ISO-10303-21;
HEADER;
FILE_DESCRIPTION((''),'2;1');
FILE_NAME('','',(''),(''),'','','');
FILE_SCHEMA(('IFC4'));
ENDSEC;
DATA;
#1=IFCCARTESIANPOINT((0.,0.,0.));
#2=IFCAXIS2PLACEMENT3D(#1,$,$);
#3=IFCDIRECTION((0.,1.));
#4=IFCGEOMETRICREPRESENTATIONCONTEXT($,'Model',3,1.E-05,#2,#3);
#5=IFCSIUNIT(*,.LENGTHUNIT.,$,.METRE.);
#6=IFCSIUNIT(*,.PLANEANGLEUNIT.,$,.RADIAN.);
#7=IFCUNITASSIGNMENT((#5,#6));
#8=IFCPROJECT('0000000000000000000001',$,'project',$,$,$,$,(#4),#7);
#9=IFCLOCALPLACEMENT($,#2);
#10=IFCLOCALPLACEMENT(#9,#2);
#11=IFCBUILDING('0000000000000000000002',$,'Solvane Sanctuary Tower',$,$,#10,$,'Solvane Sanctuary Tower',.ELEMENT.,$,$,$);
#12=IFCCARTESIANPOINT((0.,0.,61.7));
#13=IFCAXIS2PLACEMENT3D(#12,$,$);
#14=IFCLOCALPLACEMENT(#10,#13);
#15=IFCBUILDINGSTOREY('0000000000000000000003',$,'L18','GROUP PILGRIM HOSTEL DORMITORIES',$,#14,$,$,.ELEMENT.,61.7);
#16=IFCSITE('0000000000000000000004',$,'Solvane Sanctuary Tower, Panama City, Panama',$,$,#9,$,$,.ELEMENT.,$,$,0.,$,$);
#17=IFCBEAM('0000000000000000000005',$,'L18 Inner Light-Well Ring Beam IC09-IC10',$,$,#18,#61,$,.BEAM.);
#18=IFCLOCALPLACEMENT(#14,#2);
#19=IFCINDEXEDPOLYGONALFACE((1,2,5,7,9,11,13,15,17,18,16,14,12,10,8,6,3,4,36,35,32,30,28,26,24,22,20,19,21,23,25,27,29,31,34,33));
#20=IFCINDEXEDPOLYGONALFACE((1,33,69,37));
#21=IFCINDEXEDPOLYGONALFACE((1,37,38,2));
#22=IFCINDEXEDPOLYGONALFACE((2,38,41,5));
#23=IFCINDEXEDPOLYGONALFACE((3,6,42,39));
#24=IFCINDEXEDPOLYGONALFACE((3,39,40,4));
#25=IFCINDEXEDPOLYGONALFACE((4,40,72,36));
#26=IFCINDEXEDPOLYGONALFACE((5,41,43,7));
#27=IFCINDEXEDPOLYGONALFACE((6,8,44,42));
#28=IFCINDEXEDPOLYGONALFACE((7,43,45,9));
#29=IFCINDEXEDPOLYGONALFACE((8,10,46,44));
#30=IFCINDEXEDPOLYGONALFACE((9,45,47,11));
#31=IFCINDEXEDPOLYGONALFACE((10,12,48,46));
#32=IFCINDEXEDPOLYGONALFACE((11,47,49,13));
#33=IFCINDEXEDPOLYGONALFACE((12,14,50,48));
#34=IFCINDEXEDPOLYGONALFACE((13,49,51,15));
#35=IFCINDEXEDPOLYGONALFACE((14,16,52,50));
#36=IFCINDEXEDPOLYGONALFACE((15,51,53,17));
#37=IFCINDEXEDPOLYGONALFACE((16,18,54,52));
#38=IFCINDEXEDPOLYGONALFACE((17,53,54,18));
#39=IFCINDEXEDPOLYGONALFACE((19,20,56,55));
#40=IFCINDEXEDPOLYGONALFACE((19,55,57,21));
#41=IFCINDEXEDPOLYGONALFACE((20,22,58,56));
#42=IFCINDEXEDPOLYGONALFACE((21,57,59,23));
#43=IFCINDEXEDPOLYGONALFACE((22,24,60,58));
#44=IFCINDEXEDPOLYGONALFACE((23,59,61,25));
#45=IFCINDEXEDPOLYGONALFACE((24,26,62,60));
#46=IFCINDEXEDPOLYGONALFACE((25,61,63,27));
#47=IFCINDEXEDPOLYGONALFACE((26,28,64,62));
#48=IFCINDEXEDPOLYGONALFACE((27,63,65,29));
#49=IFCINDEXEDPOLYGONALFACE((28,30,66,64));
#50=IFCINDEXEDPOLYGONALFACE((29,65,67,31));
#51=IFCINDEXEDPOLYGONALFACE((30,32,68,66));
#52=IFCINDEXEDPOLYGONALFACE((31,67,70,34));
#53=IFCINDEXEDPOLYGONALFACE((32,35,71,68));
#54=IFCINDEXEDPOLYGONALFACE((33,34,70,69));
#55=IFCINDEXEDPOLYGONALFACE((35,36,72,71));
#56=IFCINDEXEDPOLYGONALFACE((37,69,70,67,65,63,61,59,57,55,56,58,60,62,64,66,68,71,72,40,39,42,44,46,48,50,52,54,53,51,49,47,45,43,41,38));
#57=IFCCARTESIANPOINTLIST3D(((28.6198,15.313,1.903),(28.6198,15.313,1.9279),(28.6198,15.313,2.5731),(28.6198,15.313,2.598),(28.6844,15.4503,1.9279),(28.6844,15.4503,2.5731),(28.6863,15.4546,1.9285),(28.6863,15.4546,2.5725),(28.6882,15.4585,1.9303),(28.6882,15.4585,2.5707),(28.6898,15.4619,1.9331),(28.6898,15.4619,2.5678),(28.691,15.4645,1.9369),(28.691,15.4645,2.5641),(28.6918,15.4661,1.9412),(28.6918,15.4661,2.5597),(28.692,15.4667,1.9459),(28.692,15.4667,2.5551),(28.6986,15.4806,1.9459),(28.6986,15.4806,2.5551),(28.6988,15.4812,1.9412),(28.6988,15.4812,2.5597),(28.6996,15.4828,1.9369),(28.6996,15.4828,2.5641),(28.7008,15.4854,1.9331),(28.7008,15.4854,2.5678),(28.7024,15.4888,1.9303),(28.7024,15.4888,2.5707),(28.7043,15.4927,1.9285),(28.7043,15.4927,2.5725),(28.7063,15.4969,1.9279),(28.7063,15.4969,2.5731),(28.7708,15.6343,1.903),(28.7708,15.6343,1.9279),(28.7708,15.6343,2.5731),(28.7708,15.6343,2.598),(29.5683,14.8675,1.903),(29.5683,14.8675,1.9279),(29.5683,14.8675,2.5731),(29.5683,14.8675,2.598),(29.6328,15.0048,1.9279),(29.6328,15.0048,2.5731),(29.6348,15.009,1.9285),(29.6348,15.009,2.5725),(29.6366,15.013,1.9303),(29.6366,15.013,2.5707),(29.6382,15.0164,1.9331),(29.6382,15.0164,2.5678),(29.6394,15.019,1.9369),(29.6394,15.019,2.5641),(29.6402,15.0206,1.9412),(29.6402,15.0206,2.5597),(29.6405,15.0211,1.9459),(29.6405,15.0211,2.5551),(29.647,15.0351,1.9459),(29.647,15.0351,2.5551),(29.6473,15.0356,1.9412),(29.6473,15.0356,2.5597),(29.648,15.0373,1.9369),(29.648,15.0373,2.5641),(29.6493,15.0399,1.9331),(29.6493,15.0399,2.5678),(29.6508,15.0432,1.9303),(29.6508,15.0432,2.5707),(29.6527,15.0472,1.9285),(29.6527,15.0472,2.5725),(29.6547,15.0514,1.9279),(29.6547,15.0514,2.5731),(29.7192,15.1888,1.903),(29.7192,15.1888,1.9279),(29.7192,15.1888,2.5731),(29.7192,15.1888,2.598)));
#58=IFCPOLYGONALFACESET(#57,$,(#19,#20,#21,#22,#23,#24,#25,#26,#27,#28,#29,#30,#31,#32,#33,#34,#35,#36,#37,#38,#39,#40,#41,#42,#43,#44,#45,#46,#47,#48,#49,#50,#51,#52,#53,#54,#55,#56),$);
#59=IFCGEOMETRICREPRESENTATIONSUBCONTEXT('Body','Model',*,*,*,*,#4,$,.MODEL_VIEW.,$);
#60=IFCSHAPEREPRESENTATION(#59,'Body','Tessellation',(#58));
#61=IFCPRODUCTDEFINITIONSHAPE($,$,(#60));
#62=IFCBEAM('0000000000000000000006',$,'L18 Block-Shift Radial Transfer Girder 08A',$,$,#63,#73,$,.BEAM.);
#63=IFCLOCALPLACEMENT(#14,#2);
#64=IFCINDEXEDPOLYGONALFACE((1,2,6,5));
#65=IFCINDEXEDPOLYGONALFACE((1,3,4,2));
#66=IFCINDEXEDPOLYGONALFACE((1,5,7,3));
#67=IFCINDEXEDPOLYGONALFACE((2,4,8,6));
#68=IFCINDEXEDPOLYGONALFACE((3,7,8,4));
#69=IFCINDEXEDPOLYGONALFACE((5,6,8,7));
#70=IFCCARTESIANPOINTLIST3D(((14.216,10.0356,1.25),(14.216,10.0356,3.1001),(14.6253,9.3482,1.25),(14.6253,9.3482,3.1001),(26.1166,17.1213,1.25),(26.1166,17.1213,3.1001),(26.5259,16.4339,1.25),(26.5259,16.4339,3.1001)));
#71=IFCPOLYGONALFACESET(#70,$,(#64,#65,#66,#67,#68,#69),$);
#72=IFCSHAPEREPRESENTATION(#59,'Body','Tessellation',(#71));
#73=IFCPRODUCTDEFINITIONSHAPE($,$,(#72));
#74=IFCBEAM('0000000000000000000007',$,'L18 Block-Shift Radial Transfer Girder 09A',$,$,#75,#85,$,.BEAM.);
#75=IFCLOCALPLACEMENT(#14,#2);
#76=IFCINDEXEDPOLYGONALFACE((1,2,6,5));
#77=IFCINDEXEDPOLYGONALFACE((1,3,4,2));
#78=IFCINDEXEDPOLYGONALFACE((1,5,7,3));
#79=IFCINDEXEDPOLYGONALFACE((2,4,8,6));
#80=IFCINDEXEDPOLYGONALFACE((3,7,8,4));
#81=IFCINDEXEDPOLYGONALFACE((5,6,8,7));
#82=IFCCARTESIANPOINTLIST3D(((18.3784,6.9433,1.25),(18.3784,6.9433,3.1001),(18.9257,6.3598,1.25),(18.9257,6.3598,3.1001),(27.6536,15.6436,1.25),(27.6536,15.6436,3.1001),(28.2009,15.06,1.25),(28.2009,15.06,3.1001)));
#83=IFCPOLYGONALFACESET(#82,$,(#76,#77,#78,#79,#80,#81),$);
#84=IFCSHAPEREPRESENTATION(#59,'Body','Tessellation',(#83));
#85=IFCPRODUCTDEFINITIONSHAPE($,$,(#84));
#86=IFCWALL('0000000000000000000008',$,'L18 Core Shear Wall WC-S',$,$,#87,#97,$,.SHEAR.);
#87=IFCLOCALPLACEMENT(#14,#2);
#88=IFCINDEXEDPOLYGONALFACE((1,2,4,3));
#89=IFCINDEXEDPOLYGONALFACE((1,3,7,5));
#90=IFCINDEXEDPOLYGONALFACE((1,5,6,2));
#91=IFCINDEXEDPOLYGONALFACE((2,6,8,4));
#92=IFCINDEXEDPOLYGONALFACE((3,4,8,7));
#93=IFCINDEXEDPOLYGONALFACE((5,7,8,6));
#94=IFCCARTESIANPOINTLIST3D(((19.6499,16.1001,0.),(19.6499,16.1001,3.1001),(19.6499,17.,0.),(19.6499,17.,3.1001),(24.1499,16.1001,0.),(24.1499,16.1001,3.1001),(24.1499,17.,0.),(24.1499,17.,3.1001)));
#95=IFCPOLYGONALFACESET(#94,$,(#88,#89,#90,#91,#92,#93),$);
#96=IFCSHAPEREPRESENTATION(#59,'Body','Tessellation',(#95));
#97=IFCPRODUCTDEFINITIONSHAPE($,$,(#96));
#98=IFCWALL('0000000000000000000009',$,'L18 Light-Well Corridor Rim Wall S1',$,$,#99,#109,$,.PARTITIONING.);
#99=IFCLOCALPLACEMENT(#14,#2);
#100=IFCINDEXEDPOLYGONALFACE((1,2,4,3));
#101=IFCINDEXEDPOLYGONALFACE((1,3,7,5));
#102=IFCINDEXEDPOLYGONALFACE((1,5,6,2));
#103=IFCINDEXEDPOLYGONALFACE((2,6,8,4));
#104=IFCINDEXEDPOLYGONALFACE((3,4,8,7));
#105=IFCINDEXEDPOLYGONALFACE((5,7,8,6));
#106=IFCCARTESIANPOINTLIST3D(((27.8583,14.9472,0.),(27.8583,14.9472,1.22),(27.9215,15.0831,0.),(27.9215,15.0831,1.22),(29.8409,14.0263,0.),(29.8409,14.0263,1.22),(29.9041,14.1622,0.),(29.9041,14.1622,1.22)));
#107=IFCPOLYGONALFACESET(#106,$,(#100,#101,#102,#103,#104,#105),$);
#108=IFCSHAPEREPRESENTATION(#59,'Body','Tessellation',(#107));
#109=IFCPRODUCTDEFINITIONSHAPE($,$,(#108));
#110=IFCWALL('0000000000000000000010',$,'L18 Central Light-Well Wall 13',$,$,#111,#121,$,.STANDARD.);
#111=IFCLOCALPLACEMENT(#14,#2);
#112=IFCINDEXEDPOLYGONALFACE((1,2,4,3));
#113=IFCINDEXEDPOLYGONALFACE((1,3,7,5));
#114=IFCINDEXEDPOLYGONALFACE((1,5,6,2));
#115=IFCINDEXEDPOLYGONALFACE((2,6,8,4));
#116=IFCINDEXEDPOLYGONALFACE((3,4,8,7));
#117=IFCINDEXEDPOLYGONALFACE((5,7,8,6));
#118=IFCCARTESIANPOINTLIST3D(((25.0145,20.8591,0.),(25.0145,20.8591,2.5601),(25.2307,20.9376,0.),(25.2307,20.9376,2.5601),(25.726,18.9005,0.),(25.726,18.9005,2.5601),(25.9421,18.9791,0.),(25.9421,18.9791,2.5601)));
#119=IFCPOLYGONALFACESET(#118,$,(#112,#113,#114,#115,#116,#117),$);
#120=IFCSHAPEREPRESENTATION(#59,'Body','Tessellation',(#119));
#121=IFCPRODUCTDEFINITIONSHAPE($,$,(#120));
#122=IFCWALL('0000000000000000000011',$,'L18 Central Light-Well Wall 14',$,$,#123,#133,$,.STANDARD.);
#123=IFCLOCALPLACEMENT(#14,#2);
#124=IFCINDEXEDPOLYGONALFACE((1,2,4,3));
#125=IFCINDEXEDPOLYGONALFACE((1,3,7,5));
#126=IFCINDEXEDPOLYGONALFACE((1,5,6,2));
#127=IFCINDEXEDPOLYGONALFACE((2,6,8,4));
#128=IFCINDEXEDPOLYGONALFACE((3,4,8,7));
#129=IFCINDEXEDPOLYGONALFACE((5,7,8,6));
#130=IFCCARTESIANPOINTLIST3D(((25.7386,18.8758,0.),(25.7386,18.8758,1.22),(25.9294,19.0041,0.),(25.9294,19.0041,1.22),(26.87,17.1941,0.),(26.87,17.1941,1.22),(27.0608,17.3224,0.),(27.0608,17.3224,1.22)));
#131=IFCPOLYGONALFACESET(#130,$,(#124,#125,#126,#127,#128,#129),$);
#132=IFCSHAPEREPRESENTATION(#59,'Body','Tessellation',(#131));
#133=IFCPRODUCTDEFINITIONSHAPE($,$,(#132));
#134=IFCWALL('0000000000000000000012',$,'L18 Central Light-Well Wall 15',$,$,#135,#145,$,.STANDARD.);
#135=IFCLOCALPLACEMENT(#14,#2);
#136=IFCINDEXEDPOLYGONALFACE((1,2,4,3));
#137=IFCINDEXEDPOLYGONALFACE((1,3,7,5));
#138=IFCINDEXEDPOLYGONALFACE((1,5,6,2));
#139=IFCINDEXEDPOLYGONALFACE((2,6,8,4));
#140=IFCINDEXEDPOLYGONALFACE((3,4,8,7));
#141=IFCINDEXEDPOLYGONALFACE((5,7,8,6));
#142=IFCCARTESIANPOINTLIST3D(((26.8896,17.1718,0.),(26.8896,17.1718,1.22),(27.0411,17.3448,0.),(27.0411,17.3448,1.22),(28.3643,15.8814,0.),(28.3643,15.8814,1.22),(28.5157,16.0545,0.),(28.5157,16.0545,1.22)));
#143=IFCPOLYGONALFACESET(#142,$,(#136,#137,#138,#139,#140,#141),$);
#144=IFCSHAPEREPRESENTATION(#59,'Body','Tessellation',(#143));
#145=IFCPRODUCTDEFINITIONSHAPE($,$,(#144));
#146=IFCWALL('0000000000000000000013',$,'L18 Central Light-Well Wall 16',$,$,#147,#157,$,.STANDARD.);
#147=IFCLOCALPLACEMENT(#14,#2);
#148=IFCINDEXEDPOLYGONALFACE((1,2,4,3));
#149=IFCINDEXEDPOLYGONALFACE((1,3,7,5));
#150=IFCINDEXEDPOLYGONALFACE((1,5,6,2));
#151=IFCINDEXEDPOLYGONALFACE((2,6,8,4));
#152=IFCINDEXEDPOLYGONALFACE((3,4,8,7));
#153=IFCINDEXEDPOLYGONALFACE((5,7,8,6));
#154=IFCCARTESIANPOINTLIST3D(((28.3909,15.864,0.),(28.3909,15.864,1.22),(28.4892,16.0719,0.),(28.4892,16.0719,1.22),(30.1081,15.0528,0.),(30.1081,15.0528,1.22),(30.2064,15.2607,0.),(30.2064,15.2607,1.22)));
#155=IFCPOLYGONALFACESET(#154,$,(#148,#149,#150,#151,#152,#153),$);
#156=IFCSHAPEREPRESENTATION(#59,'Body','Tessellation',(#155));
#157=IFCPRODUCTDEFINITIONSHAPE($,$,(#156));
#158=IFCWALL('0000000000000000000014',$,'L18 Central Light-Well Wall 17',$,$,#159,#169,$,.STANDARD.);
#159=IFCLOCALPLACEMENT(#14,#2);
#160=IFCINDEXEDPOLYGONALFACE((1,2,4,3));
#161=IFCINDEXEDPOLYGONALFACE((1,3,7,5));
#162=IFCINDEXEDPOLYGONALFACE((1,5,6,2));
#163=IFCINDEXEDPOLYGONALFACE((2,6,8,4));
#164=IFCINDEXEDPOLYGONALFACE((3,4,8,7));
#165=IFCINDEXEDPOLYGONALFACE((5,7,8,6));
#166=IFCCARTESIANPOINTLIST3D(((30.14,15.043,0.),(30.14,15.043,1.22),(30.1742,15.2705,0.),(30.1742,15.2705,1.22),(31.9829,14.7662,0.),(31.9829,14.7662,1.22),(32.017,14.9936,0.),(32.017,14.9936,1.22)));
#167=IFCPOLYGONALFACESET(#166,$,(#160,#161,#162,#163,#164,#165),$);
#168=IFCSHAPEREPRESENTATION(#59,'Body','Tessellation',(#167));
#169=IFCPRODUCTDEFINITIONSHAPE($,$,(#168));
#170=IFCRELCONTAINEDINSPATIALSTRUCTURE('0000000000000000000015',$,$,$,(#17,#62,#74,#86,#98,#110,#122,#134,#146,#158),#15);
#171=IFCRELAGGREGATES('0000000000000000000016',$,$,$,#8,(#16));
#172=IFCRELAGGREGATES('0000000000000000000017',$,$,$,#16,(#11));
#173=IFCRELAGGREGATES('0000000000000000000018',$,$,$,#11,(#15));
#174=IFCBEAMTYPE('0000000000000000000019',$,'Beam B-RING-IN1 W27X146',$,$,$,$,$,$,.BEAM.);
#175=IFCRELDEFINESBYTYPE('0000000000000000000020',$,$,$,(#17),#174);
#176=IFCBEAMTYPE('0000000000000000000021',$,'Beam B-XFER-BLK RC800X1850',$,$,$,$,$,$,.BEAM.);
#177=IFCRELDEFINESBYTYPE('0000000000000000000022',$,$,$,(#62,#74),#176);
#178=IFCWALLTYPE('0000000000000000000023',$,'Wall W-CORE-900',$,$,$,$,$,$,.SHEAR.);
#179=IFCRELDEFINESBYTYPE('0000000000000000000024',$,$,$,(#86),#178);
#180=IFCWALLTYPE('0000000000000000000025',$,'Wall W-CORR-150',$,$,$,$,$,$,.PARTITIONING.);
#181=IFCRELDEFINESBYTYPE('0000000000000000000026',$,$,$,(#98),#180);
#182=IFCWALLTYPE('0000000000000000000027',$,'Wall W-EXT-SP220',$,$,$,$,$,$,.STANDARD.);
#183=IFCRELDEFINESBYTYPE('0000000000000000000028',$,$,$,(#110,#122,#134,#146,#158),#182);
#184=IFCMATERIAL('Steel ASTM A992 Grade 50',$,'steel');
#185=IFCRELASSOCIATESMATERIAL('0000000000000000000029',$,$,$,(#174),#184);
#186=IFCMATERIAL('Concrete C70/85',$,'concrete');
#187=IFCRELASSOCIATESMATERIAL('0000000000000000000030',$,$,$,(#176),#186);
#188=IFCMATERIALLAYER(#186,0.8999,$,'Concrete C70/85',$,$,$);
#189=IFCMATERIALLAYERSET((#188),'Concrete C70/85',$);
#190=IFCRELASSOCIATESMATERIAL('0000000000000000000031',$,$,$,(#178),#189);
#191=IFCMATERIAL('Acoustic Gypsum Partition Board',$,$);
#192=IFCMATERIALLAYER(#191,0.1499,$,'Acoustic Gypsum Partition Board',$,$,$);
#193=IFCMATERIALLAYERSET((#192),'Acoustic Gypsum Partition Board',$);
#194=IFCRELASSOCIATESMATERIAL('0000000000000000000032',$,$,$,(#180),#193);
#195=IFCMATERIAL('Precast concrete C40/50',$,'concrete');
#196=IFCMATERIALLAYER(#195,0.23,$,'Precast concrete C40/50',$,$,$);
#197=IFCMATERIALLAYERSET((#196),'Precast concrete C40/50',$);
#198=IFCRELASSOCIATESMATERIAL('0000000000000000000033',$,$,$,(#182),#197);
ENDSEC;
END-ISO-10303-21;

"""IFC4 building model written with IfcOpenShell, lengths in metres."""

from ifc_helpers import new_model, si_unit, direction, frame, frame_2d, origin, origin_2d, place, context, subcontext, project, spatial, rectangle, i_section, extrude, material, layer, layer_set, material_profile, profile_set, type_object, element, save


model = new_model("IFC4")

# Units and contexts
model_context = context("Model", 3, precision=1e-05, world=origin(), true_north=direction((0.0, 1.0)))
body_context = subcontext(model_context, "Body", "Model", "MODEL_VIEW")
ifc_project = project(units=[si_unit("LENGTHUNIT", "METRE"), si_unit("PLANEANGLEUNIT", "RADIAN")], contexts=[model_context])

# Site, building, storey
site_placement = place(None, origin())
site = spatial("IfcSite", under=ifc_project, at=site_placement, Name="Solvane Sanctuary Tower, Panama City, Panama", CompositionType="ELEMENT", RefElevation=0.0)
building_placement = place(site_placement, origin())
building = spatial("IfcBuilding", under=site, at=building_placement, Name="Solvane Sanctuary Tower", LongName="Solvane Sanctuary Tower", CompositionType="ELEMENT")
storey_placement = place(building_placement, frame((0.0, 0.0, 61.7)))
storey = spatial("IfcBuildingStorey", under=building, at=storey_placement, Name="L18", Description="GROUP PILGRIM HOSTEL DORMITORIES", CompositionType="ELEMENT", Elevation=61.7)

# Shared definitions
ifc_material_1 = material(Name="Concrete C70/85", Category="concrete")

# Beams
ifc_material_2 = material(Name="Steel ASTM A992 Grade 50", Category="steel")
ifc_material_profile_1 = material_profile(ifc_material_2, i_section(OverallWidth=0.355, OverallDepth=0.6951, WebThickness=0.0154, FlangeThickness=0.0249, FilletRadius=0.0181, at=origin_2d()), Name="W27X146")
ifc_profile_set_1 = profile_set([ifc_material_profile_1], Name="Steel ASTM A992 Grade 50")
beam_type_1 = type_object("IfcBeamType", Name="Beam B-RING-IN1 W27X146", PredefinedType="BEAM", material=ifc_profile_set_1)
beam_1_placement = place(storey_placement, frame((28.6953, 15.4736, 2.2505), z_axis=(0.905109, -0.42518, 0.0), x_axis=(0.42518, 0.905109, 0.0)))
element("IfcBeam", 1, at=beam_1_placement, inside=storey, type_object=beam_type_1, Name="L18 Inner Light-Well Ring Beam IC09-IC10", PredefinedType="BEAM", context=body_context, shape_type="SweptSolid", body=[
    extrude(i_section(OverallWidth=0.355, OverallDepth=0.6951, WebThickness=0.0154, FlangeThickness=0.0249, FilletRadius=0.0181, at=origin_2d()), origin(), (0.0, 0.0, 1.0), 1.0479),
])
ifc_material_profile_2 = material_profile(ifc_material_1, rectangle(XDim=0.8, YDim=1.8501, at=origin_2d()), Name="RC800X1850")
ifc_profile_set_2 = profile_set([ifc_material_profile_2], Name="Concrete C70/85")
beam_type_2 = type_object("IfcBeamType", Name="Beam B-XFER-BLK RC800X1850", PredefinedType="BEAM", material=ifc_profile_set_2)
beam_2_placement = place(storey_placement, frame((26.3213, 16.7776, 2.175), z_axis=(-0.85923, -0.51159, 0.0), x_axis=(0.51159, -0.85923, 0.0)))
element("IfcBeam", 2, at=beam_2_placement, inside=storey, type_object=beam_type_2, Name="L18 Block-Shift Radial Transfer Girder 08A", PredefinedType="BEAM", context=body_context, shape_type="SweptSolid", body=[
    extrude(rectangle(XDim=0.8, YDim=1.8501, at=origin_2d()), origin(), (0.0, 0.0, 1.0), 13.8503),
])
beam_3_placement = place(storey_placement, frame((27.9272, 15.3518, 2.175), z_axis=(-0.729351, -0.68414, 0.0), x_axis=(0.68414, -0.729351, 0.0)))
element("IfcBeam", 3, at=beam_3_placement, inside=storey, type_object=beam_type_2, Name="L18 Block-Shift Radial Transfer Girder 09A", PredefinedType="BEAM", context=body_context, shape_type="SweptSolid", body=[
    extrude(rectangle(XDim=0.8, YDim=1.8501, at=origin_2d()), origin(), (0.0, 0.0, 1.0), 12.717),
])

# Walls
ifc_layer_1 = layer(ifc_material_1, 0.8999, Name="Concrete C70/85")
ifc_layer_set_1 = layer_set([ifc_layer_1], Name="Concrete C70/85")
wall_type_1 = type_object("IfcWallType", Name="Wall W-CORE-900", PredefinedType="SHEAR", material=ifc_layer_set_1)
wall_1_placement = place(storey_placement, frame((19.6499, 16.55, 0.0), z_axis=(0.0, 0.0, 1.0), x_axis=(1.0, 0.0, 0.0)))
element("IfcWall", 4, at=wall_1_placement, inside=storey, type_object=wall_type_1, Name="L18 Core Shear Wall WC-S", PredefinedType="SHEAR", context=body_context, shape_type="SweptSolid", body=[
    extrude(rectangle(XDim=4.5, YDim=0.8999, at=frame_2d((2.25, 0.0))), origin(), (0.0, 0.0, 1.0), 3.1001),
])
ifc_material_3 = material(Name="Acoustic Gypsum Partition Board")
ifc_layer_2 = layer(ifc_material_3, 0.1499, Name="Acoustic Gypsum Partition Board")
ifc_layer_set_2 = layer_set([ifc_layer_2], Name="Acoustic Gypsum Partition Board")
wall_type_2 = type_object("IfcWallType", Name="Wall W-CORR-150", PredefinedType="PARTITIONING", material=ifc_layer_set_2)
wall_2_placement = place(storey_placement, frame((27.8899, 15.0151, 0.0), z_axis=(0.0, 0.0, 1.0), x_axis=(0.906943, -0.421252, 0.0)))
element("IfcWall", 5, at=wall_2_placement, inside=storey, type_object=wall_type_2, Name="L18 Light-Well Corridor Rim Wall S1", PredefinedType="PARTITIONING", context=body_context, shape_type="SweptSolid", body=[
    extrude(rectangle(XDim=2.186, YDim=0.1499, at=frame_2d((1.093, 0.0))), origin(), (0.0, 0.0, 1.0), 1.22),
])
ifc_material_4 = material(Name="Precast concrete C40/50", Category="concrete")
ifc_layer_3 = layer(ifc_material_4, 0.23, Name="Precast concrete C40/50")
ifc_layer_set_3 = layer_set([ifc_layer_3], Name="Precast concrete C40/50")
wall_type_3 = type_object("IfcWallType", Name="Wall W-EXT-SP220", PredefinedType="STANDARD", material=ifc_layer_set_3)
wall_3_placement = place(storey_placement, frame((25.1226, 20.8984, 0.0), z_axis=(0.0, 0.0, 1.0), x_axis=(0.341423, -0.93991, 0.0)))
element("IfcWall", 6, at=wall_3_placement, inside=storey, type_object=wall_type_3, Name="L18 Central Light-Well Wall 13", PredefinedType="STANDARD", context=body_context, shape_type="SweptSolid", body=[
    extrude(rectangle(XDim=2.0837, YDim=0.23, at=frame_2d((1.042, 0.0))), origin(), (0.0, 0.0, 1.0), 2.5601),
])
wall_4_placement = place(storey_placement, frame((25.834, 18.9399, 0.0), z_axis=(0.0, 0.0, 1.0), x_axis=(0.558198, -0.829708, 0.0)))
element("IfcWall", 7, at=wall_4_placement, inside=storey, type_object=wall_type_3, Name="L18 Central Light-Well Wall 14", PredefinedType="STANDARD", context=body_context, shape_type="SweptSolid", body=[
    extrude(rectangle(XDim=2.0269, YDim=0.23, at=frame_2d((1.0134, 0.0))), origin(), (0.0, 0.0, 1.0), 1.22),
])
wall_5_placement = place(storey_placement, frame((26.9653, 17.2583, 0.0), z_axis=(0.0, 0.0, 1.0), x_axis=(0.752577, -0.658505, 0.0)))
element("IfcWall", 8, at=wall_5_placement, inside=storey, type_object=wall_type_3, Name="L18 Central Light-Well Wall 15", PredefinedType="STANDARD", context=body_context, shape_type="SweptSolid", body=[
    extrude(rectangle(XDim=1.9595, YDim=0.23, at=frame_2d((0.9797, 0.0))), origin(), (0.0, 0.0, 1.0), 1.22),
])
wall_6_placement = place(storey_placement, frame((28.4399, 15.968, 0.0), z_axis=(0.0, 0.0, 1.0), x_axis=(0.90418, -0.427152, 0.0)))
element("IfcWall", 9, at=wall_6_placement, inside=storey, type_object=wall_type_3, Name="L18 Central Light-Well Wall 16", PredefinedType="STANDARD", context=body_context, shape_type="SweptSolid", body=[
    extrude(rectangle(XDim=1.8992, YDim=0.23, at=frame_2d((0.9497, 0.0))), origin(), (0.0, 0.0, 1.0), 1.22),
])
wall_7_placement = place(storey_placement, frame((30.1572, 15.1567, 0.0), z_axis=(0.0, 0.0, 1.0), x_axis=(0.988902, -0.148571, 0.0)))
element("IfcWall", 10, at=wall_7_placement, inside=storey, type_object=wall_type_3, Name="L18 Central Light-Well Wall 17", PredefinedType="STANDARD", context=body_context, shape_type="SweptSolid", body=[
    extrude(rectangle(XDim=1.8635, YDim=0.23, at=frame_2d((0.9316, 0.0))), origin(), (0.0, 0.0, 1.0), 1.22),
])

save(model, "model.ifc")
